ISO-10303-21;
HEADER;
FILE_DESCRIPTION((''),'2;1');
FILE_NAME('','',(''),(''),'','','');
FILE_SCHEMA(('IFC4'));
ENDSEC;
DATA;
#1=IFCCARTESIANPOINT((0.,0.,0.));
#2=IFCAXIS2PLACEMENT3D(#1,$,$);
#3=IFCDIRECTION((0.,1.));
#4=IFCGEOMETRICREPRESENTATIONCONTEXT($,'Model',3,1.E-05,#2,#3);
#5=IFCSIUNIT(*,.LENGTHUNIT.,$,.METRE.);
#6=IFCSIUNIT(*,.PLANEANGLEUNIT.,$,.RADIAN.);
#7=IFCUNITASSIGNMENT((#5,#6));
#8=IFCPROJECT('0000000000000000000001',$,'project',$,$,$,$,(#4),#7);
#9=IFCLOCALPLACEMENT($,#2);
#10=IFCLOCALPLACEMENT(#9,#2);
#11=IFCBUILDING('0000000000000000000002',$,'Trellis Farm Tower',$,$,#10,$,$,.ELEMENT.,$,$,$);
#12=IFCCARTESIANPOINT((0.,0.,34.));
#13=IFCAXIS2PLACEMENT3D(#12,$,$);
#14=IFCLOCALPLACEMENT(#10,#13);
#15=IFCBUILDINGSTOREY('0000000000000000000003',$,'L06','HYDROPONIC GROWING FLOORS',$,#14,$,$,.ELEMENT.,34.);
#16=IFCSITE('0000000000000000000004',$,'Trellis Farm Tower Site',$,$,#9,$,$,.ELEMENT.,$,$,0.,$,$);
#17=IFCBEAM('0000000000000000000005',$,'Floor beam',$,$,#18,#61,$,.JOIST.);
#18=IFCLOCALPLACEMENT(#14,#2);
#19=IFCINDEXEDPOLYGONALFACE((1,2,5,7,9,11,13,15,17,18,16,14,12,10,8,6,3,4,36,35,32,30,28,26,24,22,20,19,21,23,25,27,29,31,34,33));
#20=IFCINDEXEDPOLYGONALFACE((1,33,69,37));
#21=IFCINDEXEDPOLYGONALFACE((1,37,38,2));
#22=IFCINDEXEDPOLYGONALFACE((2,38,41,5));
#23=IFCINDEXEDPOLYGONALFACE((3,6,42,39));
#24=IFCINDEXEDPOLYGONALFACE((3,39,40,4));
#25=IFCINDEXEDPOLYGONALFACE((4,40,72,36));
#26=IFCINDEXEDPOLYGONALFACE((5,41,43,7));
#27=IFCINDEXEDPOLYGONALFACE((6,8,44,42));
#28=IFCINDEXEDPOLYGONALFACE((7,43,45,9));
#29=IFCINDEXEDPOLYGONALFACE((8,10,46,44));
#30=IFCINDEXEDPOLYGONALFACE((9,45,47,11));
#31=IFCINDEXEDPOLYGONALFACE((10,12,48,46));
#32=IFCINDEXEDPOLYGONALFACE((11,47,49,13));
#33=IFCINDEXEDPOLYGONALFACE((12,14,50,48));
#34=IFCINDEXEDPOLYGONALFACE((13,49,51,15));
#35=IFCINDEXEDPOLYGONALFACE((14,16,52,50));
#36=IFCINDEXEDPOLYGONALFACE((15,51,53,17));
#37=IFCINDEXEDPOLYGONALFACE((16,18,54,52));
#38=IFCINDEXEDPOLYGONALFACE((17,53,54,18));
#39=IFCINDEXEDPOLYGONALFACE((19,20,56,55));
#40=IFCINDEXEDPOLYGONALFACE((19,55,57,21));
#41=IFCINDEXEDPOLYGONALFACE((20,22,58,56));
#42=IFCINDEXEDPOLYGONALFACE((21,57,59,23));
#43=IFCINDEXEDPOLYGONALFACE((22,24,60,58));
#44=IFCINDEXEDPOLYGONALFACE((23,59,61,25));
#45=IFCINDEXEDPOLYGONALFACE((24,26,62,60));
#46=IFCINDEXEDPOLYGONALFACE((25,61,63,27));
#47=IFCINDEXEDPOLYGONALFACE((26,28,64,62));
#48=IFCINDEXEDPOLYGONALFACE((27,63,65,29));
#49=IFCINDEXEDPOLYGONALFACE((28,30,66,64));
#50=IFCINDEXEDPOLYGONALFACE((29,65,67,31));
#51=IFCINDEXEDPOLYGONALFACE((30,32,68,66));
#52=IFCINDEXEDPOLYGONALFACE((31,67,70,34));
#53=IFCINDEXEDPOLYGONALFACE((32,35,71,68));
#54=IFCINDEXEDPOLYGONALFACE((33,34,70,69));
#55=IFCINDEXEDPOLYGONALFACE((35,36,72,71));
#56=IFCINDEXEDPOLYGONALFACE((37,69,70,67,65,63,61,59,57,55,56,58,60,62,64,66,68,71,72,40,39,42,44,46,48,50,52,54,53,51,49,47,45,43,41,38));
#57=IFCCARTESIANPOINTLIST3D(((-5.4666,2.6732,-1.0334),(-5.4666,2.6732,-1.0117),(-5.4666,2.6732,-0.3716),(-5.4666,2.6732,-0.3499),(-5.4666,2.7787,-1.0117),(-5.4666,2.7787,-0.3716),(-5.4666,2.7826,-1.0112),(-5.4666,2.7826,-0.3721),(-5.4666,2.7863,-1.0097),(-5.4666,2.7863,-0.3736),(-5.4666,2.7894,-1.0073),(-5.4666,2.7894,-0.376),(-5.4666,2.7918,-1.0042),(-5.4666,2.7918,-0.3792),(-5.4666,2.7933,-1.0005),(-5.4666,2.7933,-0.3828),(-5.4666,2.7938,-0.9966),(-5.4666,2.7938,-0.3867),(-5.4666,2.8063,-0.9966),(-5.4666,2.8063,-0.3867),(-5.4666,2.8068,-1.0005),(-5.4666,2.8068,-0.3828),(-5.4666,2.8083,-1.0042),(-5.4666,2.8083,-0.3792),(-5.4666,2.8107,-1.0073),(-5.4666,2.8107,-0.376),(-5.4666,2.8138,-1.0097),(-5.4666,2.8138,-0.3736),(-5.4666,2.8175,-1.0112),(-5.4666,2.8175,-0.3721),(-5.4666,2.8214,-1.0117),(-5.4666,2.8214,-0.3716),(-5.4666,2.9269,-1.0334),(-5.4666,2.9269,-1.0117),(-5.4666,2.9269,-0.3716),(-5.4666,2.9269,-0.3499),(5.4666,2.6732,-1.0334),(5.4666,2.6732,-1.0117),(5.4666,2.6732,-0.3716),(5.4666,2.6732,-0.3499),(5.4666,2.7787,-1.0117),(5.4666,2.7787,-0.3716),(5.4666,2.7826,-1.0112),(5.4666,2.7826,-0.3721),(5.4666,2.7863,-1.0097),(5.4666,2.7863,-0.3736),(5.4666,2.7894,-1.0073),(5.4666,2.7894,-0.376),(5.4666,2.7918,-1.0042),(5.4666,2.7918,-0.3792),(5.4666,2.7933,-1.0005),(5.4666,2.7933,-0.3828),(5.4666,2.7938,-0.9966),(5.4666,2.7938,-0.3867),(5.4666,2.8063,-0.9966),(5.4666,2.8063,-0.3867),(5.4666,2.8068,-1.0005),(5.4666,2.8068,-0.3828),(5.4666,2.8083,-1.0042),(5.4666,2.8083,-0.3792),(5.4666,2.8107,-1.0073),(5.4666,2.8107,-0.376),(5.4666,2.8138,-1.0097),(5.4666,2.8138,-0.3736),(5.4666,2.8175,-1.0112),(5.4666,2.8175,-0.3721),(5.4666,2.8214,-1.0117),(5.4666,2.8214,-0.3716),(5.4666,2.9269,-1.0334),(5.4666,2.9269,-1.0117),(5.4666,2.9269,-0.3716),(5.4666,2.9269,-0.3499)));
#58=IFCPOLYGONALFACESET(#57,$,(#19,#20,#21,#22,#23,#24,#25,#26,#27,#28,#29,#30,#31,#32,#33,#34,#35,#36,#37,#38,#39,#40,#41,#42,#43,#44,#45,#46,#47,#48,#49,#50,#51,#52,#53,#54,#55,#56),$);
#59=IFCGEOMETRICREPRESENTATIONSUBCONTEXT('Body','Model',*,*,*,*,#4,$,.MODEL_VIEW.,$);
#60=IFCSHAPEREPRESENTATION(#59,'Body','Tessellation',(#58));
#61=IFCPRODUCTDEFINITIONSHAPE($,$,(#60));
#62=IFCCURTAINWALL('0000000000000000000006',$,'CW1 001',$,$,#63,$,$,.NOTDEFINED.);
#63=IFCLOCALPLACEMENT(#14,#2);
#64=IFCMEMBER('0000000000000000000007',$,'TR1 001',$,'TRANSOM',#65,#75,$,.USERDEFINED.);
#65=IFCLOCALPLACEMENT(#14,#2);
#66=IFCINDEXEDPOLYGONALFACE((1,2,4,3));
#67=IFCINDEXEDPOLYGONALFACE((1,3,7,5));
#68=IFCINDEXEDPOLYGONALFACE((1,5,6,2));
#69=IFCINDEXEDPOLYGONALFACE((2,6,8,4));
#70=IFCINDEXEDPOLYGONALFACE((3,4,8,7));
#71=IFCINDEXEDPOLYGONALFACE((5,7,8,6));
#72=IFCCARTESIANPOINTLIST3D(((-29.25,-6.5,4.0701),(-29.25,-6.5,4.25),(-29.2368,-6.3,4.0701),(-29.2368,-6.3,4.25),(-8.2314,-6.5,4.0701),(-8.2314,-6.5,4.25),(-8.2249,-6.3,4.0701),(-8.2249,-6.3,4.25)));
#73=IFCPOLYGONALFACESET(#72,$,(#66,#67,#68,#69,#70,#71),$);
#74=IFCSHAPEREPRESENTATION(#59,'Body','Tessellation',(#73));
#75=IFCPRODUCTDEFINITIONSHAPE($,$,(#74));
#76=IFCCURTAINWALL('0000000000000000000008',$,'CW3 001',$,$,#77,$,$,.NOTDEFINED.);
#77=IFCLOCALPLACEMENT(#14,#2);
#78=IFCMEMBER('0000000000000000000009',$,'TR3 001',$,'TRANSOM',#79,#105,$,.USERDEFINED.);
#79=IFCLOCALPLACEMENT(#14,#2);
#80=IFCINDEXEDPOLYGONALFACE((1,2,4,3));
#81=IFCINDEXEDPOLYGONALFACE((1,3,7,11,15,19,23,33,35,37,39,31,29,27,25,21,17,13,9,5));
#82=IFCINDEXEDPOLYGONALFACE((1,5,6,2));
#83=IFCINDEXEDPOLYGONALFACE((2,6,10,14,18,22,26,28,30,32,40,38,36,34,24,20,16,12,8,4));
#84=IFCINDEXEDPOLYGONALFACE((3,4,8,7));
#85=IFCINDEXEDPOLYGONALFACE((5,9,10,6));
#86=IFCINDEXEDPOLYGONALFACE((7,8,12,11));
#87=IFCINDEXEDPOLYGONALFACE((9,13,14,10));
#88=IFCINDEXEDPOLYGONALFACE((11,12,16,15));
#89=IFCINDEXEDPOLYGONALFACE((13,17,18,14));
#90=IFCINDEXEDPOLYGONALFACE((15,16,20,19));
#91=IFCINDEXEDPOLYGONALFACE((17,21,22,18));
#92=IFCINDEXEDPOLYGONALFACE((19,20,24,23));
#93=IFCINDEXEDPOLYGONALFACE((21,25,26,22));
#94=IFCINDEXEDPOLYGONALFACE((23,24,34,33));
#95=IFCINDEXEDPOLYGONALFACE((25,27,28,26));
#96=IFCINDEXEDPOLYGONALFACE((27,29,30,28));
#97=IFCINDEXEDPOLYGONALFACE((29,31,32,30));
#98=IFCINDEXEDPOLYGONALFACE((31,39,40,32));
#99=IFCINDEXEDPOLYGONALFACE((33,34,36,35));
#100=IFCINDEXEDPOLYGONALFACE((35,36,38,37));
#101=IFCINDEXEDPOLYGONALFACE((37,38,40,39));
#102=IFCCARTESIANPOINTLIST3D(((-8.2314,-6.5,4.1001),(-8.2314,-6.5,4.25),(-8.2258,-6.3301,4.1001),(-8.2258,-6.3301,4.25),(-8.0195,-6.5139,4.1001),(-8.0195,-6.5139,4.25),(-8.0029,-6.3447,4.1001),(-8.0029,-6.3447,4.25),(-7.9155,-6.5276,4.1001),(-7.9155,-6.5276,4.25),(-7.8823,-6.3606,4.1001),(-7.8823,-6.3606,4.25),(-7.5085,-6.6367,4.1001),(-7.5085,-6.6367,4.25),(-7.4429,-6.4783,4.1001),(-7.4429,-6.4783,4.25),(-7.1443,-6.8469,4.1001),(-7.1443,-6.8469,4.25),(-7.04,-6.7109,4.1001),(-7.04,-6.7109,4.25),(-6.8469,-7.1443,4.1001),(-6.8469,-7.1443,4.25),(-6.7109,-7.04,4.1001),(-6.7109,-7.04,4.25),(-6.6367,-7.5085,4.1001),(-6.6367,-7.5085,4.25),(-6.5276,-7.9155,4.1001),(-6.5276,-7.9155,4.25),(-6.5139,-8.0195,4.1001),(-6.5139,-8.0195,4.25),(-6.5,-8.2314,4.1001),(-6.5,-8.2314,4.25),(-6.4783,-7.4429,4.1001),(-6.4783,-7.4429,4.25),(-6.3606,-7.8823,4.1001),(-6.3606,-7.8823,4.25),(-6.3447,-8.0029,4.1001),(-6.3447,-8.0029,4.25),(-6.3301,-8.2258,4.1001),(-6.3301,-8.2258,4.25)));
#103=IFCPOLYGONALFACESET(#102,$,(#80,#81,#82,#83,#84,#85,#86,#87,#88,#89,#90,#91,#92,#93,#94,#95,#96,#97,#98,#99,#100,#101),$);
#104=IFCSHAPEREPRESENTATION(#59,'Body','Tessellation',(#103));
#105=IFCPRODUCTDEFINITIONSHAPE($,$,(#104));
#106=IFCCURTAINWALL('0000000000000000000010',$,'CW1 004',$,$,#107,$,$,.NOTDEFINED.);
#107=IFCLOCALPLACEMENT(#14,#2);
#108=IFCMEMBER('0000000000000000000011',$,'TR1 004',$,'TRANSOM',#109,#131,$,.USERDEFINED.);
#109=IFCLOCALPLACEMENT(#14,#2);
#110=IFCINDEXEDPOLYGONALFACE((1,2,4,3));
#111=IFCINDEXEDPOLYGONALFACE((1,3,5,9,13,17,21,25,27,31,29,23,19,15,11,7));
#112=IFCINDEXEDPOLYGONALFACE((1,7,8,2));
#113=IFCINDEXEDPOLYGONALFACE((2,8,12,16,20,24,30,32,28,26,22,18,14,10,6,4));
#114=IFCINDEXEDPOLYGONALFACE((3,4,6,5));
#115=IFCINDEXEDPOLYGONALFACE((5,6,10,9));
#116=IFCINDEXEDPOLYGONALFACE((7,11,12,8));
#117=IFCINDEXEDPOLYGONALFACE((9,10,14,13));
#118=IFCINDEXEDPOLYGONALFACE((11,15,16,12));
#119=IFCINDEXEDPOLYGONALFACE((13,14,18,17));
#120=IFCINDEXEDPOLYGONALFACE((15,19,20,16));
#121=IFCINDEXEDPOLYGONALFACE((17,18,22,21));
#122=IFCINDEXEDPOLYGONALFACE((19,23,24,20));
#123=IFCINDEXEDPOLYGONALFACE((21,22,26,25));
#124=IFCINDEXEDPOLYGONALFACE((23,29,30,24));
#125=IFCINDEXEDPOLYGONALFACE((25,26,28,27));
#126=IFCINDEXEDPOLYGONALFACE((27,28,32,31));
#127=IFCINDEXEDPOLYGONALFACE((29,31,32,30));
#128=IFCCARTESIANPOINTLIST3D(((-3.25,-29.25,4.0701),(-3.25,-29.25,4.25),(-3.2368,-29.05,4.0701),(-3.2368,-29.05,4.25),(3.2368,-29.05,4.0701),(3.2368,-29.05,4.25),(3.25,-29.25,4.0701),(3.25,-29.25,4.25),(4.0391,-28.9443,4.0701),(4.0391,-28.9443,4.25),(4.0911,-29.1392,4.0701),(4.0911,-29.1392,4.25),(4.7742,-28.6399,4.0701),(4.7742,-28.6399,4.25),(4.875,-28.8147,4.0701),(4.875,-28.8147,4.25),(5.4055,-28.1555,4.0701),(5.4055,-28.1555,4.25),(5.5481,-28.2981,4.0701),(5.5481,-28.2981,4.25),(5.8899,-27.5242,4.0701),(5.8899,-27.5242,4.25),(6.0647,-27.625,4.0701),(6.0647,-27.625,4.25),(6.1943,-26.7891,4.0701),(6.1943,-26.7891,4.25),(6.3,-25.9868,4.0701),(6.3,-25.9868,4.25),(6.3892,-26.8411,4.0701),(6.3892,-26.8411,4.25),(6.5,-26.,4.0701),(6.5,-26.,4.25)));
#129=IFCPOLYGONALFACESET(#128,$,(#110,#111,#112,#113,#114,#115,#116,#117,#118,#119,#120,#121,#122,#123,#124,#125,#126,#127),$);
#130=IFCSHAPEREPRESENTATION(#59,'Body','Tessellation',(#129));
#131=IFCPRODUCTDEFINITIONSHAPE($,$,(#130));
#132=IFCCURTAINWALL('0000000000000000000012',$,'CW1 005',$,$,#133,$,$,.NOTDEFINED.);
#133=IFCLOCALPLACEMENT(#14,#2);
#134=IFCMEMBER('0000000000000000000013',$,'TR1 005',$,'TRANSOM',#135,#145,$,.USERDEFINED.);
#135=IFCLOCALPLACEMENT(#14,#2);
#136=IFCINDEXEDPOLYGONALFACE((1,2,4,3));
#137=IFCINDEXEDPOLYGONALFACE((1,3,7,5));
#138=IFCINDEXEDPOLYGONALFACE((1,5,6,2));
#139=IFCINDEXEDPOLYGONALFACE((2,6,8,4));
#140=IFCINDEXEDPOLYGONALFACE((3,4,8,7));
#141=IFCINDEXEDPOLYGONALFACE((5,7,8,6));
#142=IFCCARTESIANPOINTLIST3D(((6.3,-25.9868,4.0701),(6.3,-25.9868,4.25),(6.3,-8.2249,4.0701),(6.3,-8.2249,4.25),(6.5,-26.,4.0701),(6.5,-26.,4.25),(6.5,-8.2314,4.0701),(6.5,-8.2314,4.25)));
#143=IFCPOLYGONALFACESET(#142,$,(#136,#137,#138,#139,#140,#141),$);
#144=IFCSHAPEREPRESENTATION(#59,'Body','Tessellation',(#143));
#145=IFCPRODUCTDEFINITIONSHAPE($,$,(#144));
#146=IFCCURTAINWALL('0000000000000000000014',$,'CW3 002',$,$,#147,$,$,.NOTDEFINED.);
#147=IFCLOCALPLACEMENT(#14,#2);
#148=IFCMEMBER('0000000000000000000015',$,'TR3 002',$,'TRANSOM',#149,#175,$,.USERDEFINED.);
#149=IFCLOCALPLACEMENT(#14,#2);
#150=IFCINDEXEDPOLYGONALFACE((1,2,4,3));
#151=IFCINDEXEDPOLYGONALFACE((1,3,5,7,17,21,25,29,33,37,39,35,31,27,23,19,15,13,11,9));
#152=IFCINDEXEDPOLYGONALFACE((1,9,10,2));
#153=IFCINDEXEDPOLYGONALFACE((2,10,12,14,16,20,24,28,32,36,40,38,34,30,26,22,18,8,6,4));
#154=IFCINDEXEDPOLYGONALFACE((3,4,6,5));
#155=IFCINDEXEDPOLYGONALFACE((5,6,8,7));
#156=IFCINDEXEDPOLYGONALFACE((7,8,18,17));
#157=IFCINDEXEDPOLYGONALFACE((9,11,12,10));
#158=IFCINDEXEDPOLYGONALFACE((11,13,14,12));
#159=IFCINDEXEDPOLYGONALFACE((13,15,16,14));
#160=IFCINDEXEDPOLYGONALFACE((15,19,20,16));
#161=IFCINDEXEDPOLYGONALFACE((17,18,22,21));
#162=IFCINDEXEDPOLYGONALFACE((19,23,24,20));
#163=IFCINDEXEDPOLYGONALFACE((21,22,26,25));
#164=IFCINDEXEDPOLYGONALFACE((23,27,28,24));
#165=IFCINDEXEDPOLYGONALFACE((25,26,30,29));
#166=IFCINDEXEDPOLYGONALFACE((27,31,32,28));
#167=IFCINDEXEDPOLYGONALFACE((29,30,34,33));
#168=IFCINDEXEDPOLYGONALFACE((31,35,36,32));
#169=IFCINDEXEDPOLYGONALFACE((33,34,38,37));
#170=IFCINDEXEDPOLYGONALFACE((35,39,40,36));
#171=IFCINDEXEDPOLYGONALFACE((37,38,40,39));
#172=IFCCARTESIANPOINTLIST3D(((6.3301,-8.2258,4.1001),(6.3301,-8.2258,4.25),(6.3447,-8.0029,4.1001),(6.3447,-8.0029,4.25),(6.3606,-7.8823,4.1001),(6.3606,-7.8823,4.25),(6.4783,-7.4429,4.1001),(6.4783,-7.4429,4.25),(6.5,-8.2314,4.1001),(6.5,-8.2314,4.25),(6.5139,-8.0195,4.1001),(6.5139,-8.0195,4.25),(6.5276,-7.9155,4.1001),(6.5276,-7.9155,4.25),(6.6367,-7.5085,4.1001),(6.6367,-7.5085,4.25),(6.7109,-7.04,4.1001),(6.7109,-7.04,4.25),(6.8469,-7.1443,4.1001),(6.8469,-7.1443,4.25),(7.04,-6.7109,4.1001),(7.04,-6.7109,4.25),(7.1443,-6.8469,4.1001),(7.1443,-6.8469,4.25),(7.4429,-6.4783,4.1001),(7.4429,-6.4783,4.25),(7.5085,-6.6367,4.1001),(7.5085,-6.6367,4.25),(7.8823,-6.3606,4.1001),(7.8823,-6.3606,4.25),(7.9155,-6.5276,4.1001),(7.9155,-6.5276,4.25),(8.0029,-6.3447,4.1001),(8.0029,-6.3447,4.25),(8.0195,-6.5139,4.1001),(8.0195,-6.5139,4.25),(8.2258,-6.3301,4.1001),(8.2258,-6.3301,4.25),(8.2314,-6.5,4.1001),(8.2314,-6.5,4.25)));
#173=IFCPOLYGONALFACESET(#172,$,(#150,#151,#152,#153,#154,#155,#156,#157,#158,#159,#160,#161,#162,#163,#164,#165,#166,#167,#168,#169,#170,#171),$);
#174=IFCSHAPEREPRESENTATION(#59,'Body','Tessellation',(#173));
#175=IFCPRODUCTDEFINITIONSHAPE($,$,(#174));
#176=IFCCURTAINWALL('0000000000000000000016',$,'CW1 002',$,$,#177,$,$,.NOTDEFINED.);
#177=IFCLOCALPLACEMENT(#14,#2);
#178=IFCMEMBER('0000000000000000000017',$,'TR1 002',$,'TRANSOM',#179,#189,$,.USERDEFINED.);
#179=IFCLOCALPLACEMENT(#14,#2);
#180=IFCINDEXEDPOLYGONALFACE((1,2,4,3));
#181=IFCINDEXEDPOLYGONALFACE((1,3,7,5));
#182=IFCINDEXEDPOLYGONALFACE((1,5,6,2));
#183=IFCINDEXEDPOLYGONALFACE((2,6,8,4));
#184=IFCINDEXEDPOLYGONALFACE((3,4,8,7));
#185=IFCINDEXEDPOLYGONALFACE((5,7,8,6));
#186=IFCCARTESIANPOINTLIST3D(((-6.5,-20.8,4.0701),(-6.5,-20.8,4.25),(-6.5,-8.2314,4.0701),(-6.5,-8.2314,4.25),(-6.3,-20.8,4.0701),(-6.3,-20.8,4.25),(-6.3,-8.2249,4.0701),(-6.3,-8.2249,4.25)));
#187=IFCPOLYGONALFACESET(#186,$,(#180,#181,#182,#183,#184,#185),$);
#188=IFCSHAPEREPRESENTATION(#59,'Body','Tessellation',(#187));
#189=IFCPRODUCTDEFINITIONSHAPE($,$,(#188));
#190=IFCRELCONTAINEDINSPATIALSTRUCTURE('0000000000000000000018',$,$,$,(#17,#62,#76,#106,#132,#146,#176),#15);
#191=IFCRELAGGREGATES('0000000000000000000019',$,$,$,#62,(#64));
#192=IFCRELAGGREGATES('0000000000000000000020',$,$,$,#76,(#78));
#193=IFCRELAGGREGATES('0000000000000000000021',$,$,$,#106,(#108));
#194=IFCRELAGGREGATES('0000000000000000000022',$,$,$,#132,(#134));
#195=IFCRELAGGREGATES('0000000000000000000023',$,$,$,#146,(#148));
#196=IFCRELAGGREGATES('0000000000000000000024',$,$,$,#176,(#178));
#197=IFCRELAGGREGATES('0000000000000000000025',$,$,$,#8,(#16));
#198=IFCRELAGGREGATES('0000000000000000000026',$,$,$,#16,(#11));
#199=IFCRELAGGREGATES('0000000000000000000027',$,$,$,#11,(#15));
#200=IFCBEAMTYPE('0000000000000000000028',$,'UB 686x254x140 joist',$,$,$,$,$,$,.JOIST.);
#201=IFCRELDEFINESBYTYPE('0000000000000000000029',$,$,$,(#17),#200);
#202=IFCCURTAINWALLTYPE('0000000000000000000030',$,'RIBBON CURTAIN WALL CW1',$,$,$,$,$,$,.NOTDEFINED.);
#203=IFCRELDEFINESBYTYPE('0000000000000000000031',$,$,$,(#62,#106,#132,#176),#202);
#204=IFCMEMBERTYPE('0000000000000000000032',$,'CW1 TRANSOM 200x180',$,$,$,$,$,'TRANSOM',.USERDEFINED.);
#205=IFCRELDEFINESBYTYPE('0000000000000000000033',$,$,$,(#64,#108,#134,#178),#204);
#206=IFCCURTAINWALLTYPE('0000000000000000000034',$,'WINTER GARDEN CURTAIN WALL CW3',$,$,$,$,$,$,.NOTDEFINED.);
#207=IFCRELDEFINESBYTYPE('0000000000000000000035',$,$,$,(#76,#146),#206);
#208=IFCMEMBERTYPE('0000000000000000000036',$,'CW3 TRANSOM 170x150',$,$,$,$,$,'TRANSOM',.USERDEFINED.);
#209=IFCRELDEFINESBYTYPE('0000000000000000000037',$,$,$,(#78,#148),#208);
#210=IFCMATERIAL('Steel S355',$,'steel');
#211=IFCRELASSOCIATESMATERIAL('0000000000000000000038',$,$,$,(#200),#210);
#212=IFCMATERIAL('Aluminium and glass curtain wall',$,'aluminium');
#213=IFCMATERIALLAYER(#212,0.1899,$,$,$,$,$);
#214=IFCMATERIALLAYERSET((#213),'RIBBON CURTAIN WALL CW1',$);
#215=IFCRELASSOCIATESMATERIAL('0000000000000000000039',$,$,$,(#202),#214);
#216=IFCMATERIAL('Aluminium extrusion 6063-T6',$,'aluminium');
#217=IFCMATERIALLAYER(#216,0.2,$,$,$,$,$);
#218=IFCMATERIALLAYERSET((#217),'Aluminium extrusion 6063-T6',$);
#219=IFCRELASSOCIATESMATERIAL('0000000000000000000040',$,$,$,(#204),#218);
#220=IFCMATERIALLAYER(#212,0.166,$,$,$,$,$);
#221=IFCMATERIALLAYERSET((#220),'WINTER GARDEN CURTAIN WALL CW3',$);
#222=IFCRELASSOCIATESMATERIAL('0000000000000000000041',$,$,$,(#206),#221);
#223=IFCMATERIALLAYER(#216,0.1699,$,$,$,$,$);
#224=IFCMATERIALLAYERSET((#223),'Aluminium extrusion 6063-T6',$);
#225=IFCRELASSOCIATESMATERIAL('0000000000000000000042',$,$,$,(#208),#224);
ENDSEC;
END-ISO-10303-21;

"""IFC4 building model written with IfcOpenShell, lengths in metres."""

from ifc_helpers import new_model, si_unit, direction, frame, origin, origin_2d, place, context, subcontext, project, spatial, polyline, i_section, outline, extrude, source, transform, mapped, material, layer, layer_set, material_profile, profile_set, type_object, element, aggregate, save


model = new_model("IFC4")

# Units and contexts
model_context = context("Model", 3, precision=1e-05, world=origin(), true_north=direction((0.0, 1.0)))
body_context = subcontext(model_context, "Body", "Model", "MODEL_VIEW")
ifc_project = project(units=[si_unit("LENGTHUNIT", "METRE"), si_unit("PLANEANGLEUNIT", "RADIAN")], contexts=[model_context])

# Site, building, storey
site_placement = place(None, origin())
site = spatial("IfcSite", under=ifc_project, at=site_placement, Name="Trellis Farm Tower Site", CompositionType="ELEMENT", RefElevation=0.0)
building_placement = place(site_placement, origin())
building = spatial("IfcBuilding", under=site, at=building_placement, Name="Trellis Farm Tower", CompositionType="ELEMENT")
storey_placement = place(building_placement, frame((0.0, 0.0, 34.0)))
storey = spatial("IfcBuildingStorey", under=building, at=storey_placement, Name="L06", Description="HYDROPONIC GROWING FLOORS", CompositionType="ELEMENT", Elevation=34.0)

# Beam
ifc_material_1 = material(Name="Steel S355", Category="steel")
ifc_material_profile = material_profile(ifc_material_1, i_section(OverallWidth=0.2537, OverallDepth=0.6836, WebThickness=0.0125, FlangeThickness=0.0217, FilletRadius=0.0151, at=origin_2d()), Name="UB 686x254x140")
ifc_profile_set = profile_set([ifc_material_profile], Name="Steel S355")
beam_type = type_object("IfcBeamType", Name="UB 686x254x140 joist", PredefinedType="JOIST", material=ifc_profile_set)
shared_shape_1 = source(origin(), body_context, "Body", "SweptSolid", [
    extrude(i_section(OverallWidth=0.2537, OverallDepth=0.6836, WebThickness=0.0125, FlangeThickness=0.0217, FilletRadius=0.0151, at=origin_2d()), origin(), (0.0, 0.0, 1.0), 10.9331),
])
beam_placement = place(storey_placement, frame((-5.4666, 2.8, -0.6917), z_axis=(1.0, 0.0, 0.0), x_axis=(0.0, 1.0, 0.0)))
element("IfcBeam", 1, at=beam_placement, inside=storey, type_object=beam_type, Name="Floor beam", PredefinedType="JOIST", context=body_context, shape_type="MappedRepresentation", body=[
    mapped(shared_shape_1, transform((0.0, 0.0, 0.0))),
])

# Curtain walls, members
ifc_material_2 = material(Name="Aluminium and glass curtain wall", Category="aluminium")
ifc_layer_1 = layer(ifc_material_2, 0.1899)
ifc_layer_set_1 = layer_set([ifc_layer_1], Name="RIBBON CURTAIN WALL CW1")
curtain_wall_type_1 = type_object("IfcCurtainWallType", Name="RIBBON CURTAIN WALL CW1", PredefinedType="NOTDEFINED", material=ifc_layer_set_1)
placement_1 = place(storey_placement, origin())
curtain_wall_1 = element("IfcCurtainWall", 2, at=placement_1, inside=storey, type_object=curtain_wall_type_1, Name="CW1 001", PredefinedType="NOTDEFINED")
ifc_material_3 = material(Name="Aluminium extrusion 6063-T6", Category="aluminium")
ifc_layer_2 = layer(ifc_material_3, 0.2)
ifc_layer_set_2 = layer_set([ifc_layer_2], Name="Aluminium extrusion 6063-T6")
member_type_1 = type_object("IfcMemberType", Name="CW1 TRANSOM 200x180", ElementType="TRANSOM", PredefinedType="USERDEFINED", material=ifc_layer_set_2)
shared_shape_2 = source(origin(), body_context, "Body", "SweptSolid", [
    extrude(outline(polyline([(-29.25, -6.5), (-8.2314, -6.5), (-8.2249, -6.3), (-29.2368, -6.3), (-29.25, -6.5)])), origin(), (0.0, 0.0, 1.0), 0.1799),
])
placement_2 = place(storey_placement, frame((0.0, 0.0, 4.0701)))
member_1 = element("IfcMember", 3, at=placement_2, type_object=member_type_1, Name="TR1 001", ObjectType="TRANSOM", PredefinedType="USERDEFINED", context=body_context, shape_type="MappedRepresentation", body=[
    mapped(shared_shape_2, transform((0.0, 0.0, 0.0))),
])
ifc_layer_3 = layer(ifc_material_2, 0.166)
ifc_layer_set_3 = layer_set([ifc_layer_3], Name="WINTER GARDEN CURTAIN WALL CW3")
curtain_wall_type_2 = type_object("IfcCurtainWallType", Name="WINTER GARDEN CURTAIN WALL CW3", PredefinedType="NOTDEFINED", material=ifc_layer_set_3)
curtain_wall_2 = element("IfcCurtainWall", 4, at=placement_1, inside=storey, type_object=curtain_wall_type_2, Name="CW3 001", PredefinedType="NOTDEFINED")
ifc_layer_4 = layer(ifc_material_3, 0.1699)
ifc_layer_set_4 = layer_set([ifc_layer_4], Name="Aluminium extrusion 6063-T6")
member_type_2 = type_object("IfcMemberType", Name="CW3 TRANSOM 170x150", ElementType="TRANSOM", PredefinedType="USERDEFINED", material=ifc_layer_set_4)
shared_shape_3 = source(origin(), body_context, "Body", "SweptSolid", [
    extrude(outline(polyline([(-8.2314, -6.5), (-8.0195, -6.5139), (-7.9155, -6.5276), (-7.5085, -6.6367), (-7.1443, -6.8469), (-6.8469, -7.1443), (-6.6367, -7.5085), (-6.5276, -7.9155), (-6.5139, -8.0195), (-6.5, -8.2314), (-6.3301, -8.2258), (-6.3447, -8.0029), (-6.3606, -7.8823), (-6.4783, -7.4429), (-6.7109, -7.04), (-7.04, -6.7109), (-7.4429, -6.4783), (-7.8823, -6.3606), (-8.0029, -6.3447), (-8.2258, -6.3301), (-8.2314, -6.5)])), origin(), (0.0, 0.0, 1.0), 0.1499),
])
placement_3 = place(storey_placement, frame((0.0, 0.0, 4.1001)))
member_2 = element("IfcMember", 5, at=placement_3, type_object=member_type_2, Name="TR3 001", ObjectType="TRANSOM", PredefinedType="USERDEFINED", context=body_context, shape_type="MappedRepresentation", body=[
    mapped(shared_shape_3, transform((0.0, 0.0, 0.0))),
])
curtain_wall_3 = element("IfcCurtainWall", 6, at=placement_1, inside=storey, type_object=curtain_wall_type_1, Name="CW1 004", PredefinedType="NOTDEFINED")
shared_shape_4 = source(origin(), body_context, "Body", "SweptSolid", [
    extrude(outline(polyline([(-3.25, -29.25), (3.25, -29.25), (4.0911, -29.1392), (4.875, -28.8147), (5.5481, -28.2981), (6.0647, -27.625), (6.3892, -26.8411), (6.5, -26.0), (6.3, -25.9868), (6.1943, -26.7891), (5.8899, -27.5242), (5.4055, -28.1555), (4.7742, -28.6399), (4.0391, -28.9443), (3.2368, -29.05), (-3.2368, -29.05), (-3.25, -29.25)])), origin(), (0.0, 0.0, 1.0), 0.1799),
])
member_3 = element("IfcMember", 7, at=placement_2, type_object=member_type_1, Name="TR1 004", ObjectType="TRANSOM", PredefinedType="USERDEFINED", context=body_context, shape_type="MappedRepresentation", body=[
    mapped(shared_shape_4, transform((0.0, 0.0, 0.0))),
])
curtain_wall_4 = element("IfcCurtainWall", 8, at=placement_1, inside=storey, type_object=curtain_wall_type_1, Name="CW1 005", PredefinedType="NOTDEFINED")
shared_shape_5 = source(origin(), body_context, "Body", "SweptSolid", [
    extrude(outline(polyline([(6.5, -26.0), (6.5, -8.2314), (6.3, -8.2249), (6.3, -25.9868), (6.5, -26.0)])), origin(), (0.0, 0.0, 1.0), 0.1799),
])
member_4 = element("IfcMember", 9, at=placement_2, type_object=member_type_1, Name="TR1 005", ObjectType="TRANSOM", PredefinedType="USERDEFINED", context=body_context, shape_type="MappedRepresentation", body=[
    mapped(shared_shape_5, transform((0.0, 0.0, 0.0))),
])
curtain_wall_5 = element("IfcCurtainWall", 10, at=placement_1, inside=storey, type_object=curtain_wall_type_2, Name="CW3 002", PredefinedType="NOTDEFINED")
shared_shape_6 = source(origin(), body_context, "Body", "SweptSolid", [
    extrude(outline(polyline([(6.5, -8.2314), (6.5139, -8.0195), (6.5276, -7.9155), (6.6367, -7.5085), (6.8469, -7.1443), (7.1443, -6.8469), (7.5085, -6.6367), (7.9155, -6.5276), (8.0195, -6.5139), (8.2314, -6.5), (8.2258, -6.3301), (8.0029, -6.3447), (7.8823, -6.3606), (7.4429, -6.4783), (7.04, -6.7109), (6.7109, -7.04), (6.4783, -7.4429), (6.3606, -7.8823), (6.3447, -8.0029), (6.3301, -8.2258), (6.5, -8.2314)])), origin(), (0.0, 0.0, 1.0), 0.1499),
])
member_5 = element("IfcMember", 11, at=placement_3, type_object=member_type_2, Name="TR3 002", ObjectType="TRANSOM", PredefinedType="USERDEFINED", context=body_context, shape_type="MappedRepresentation", body=[
    mapped(shared_shape_6, transform((0.0, 0.0, 0.0))),
])
curtain_wall_6 = element("IfcCurtainWall", 12, at=placement_1, inside=storey, type_object=curtain_wall_type_1, Name="CW1 002", PredefinedType="NOTDEFINED")
shared_shape_7 = source(origin(), body_context, "Body", "SweptSolid", [
    extrude(outline(polyline([(-6.5, -8.2314), (-6.5, -20.8), (-6.3, -20.8), (-6.3, -8.2249), (-6.5, -8.2314)])), origin(), (0.0, 0.0, 1.0), 0.1799),
])
member_6 = element("IfcMember", 13, at=placement_2, type_object=member_type_1, Name="TR1 002", ObjectType="TRANSOM", PredefinedType="USERDEFINED", context=body_context, shape_type="MappedRepresentation", body=[
    mapped(shared_shape_7, transform((0.0, 0.0, 0.0))),
])

aggregate(curtain_wall_1, [member_1])
aggregate(curtain_wall_2, [member_2])
aggregate(curtain_wall_3, [member_3])
aggregate(curtain_wall_4, [member_4])
aggregate(curtain_wall_5, [member_5])
aggregate(curtain_wall_6, [member_6])

save(model, "model.ifc")
